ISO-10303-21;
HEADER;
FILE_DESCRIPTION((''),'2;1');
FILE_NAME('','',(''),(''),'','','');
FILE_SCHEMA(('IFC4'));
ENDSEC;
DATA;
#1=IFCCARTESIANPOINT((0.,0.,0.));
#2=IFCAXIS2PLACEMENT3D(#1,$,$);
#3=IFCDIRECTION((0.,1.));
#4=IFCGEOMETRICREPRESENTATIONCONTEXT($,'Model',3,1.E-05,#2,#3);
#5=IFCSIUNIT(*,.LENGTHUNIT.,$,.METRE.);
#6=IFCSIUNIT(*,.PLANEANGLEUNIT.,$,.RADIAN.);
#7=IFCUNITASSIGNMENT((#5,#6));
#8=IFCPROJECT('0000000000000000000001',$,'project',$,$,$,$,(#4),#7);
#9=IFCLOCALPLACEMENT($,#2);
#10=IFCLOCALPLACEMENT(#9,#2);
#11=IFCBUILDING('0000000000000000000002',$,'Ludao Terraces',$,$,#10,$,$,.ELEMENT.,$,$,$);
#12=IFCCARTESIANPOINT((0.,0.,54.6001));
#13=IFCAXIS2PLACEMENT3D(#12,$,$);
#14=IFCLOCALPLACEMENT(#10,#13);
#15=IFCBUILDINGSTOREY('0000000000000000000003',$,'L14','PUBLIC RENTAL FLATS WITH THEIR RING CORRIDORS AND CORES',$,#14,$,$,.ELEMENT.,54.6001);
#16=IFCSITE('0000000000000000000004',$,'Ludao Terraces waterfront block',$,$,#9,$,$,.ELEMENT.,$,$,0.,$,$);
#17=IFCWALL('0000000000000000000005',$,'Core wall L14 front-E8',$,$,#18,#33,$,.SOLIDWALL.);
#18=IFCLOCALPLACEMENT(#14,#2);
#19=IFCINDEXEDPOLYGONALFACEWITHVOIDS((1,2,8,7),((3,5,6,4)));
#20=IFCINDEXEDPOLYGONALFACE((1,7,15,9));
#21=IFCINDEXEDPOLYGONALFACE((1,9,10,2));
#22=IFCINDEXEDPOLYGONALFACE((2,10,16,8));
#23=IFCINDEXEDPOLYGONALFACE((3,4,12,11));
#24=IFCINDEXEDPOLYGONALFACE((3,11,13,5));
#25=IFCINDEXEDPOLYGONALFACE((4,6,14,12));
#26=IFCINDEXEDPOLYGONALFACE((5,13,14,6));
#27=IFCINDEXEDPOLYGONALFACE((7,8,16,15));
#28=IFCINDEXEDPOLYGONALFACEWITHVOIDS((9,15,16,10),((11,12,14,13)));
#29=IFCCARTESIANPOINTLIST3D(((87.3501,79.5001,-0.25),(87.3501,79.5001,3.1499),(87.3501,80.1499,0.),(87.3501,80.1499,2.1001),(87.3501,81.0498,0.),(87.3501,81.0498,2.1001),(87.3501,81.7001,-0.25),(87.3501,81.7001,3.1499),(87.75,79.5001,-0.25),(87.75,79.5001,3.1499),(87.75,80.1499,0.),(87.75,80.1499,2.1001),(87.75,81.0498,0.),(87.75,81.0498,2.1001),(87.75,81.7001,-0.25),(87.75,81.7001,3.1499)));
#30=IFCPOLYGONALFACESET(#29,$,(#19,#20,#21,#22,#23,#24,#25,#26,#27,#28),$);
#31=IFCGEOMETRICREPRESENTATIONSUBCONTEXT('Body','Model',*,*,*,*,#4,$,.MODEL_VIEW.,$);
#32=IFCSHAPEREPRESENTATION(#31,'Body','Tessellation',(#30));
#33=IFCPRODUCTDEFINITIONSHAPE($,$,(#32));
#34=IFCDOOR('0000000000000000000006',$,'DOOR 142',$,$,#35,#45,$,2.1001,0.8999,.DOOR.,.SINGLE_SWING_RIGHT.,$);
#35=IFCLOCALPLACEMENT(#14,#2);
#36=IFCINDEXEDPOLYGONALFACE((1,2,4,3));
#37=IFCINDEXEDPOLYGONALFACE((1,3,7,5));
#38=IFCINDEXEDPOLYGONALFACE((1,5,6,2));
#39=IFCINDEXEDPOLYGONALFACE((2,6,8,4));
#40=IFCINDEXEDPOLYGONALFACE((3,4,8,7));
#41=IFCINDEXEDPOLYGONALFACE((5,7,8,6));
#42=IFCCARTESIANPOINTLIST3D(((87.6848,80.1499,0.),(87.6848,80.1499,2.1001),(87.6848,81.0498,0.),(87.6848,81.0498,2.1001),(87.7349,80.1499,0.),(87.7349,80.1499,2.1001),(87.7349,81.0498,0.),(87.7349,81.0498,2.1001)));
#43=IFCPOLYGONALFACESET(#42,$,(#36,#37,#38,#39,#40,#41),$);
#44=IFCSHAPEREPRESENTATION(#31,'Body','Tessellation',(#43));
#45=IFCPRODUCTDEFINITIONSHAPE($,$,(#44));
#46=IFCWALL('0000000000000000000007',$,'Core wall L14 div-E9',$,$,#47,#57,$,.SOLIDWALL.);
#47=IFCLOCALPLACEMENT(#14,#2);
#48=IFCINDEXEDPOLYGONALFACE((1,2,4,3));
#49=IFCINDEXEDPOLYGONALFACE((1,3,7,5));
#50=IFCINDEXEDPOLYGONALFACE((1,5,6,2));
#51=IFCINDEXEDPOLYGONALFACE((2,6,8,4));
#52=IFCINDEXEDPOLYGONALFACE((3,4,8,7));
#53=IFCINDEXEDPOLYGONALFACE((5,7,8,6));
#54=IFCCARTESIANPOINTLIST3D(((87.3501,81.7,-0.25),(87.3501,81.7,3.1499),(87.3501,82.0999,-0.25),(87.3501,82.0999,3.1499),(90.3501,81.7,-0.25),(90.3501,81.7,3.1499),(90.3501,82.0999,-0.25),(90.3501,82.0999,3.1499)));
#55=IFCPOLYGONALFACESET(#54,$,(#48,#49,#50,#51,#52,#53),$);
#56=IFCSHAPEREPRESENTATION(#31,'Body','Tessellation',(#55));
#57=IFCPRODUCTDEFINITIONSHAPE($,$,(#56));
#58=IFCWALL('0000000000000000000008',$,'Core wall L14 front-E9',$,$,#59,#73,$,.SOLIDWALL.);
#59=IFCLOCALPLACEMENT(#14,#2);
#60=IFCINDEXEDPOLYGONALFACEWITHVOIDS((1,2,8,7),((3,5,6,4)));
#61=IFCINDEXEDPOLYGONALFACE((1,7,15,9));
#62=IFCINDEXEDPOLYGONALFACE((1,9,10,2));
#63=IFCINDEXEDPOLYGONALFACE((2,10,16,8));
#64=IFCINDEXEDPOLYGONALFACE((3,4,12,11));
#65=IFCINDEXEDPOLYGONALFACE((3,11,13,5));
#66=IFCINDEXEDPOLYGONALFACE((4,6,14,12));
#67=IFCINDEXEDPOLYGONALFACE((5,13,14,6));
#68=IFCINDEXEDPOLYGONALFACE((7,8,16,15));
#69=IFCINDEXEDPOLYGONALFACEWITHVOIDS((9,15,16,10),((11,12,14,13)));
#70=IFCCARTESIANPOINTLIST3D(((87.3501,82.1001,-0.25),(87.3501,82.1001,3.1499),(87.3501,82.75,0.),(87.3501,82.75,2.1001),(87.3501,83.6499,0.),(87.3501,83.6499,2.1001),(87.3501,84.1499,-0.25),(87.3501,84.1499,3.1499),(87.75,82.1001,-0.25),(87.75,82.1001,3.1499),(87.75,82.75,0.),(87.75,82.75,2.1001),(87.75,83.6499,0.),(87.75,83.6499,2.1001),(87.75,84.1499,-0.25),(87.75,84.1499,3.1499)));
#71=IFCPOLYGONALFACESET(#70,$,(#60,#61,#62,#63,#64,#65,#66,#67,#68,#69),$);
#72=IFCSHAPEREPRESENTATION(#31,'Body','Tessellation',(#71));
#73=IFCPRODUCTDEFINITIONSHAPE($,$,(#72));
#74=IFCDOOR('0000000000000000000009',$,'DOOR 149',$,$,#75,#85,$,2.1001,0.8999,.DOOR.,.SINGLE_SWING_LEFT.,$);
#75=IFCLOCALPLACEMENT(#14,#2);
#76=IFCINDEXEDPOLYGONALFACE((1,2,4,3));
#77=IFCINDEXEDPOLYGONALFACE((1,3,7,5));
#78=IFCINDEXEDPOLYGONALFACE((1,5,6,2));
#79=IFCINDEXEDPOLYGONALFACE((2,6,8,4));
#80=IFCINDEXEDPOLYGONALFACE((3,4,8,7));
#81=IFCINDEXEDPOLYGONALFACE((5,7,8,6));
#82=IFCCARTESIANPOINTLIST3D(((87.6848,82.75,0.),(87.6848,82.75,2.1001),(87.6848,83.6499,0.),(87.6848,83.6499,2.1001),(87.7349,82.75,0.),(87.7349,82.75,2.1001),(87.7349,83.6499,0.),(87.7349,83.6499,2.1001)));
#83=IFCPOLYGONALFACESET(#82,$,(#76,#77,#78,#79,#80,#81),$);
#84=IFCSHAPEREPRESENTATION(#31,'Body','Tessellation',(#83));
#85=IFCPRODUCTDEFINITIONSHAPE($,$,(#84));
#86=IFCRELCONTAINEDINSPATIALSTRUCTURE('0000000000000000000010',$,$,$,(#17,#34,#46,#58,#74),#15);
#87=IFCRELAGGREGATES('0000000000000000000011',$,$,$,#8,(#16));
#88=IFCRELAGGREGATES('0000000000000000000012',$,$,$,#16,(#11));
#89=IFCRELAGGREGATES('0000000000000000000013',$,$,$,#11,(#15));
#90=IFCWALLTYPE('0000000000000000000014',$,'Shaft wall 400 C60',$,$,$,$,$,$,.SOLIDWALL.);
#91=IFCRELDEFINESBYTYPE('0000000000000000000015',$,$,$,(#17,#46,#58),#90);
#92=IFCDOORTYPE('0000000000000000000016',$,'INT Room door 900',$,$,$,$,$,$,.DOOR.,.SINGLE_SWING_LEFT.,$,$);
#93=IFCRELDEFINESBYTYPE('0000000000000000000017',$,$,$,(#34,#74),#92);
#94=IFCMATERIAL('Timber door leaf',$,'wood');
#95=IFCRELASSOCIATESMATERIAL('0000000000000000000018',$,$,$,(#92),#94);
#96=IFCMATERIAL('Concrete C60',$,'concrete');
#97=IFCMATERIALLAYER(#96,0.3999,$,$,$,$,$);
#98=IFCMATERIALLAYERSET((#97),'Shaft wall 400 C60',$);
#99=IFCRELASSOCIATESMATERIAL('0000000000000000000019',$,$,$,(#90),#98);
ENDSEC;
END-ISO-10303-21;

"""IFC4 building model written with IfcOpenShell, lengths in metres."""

from ifc_helpers import new_model, si_unit, direction, frame, frame_2d, origin, place, context, subcontext, project, spatial, rectangle, extrude, material, layer, layer_set, type_object, element, fill, save


model = new_model("IFC4")

# Units and contexts
model_context = context("Model", 3, precision=1e-05, world=origin(), true_north=direction((0.0, 1.0)))
body_context = subcontext(model_context, "Body", "Model", "MODEL_VIEW")
ifc_project = project(units=[si_unit("LENGTHUNIT", "METRE"), si_unit("PLANEANGLEUNIT", "RADIAN")], contexts=[model_context])

# Site, building, storey
site_placement = place(None, origin())
site = spatial("IfcSite", under=ifc_project, at=site_placement, Name="Ludao Terraces waterfront block", CompositionType="ELEMENT", RefElevation=0.0)
building_placement = place(site_placement, origin())
building = spatial("IfcBuilding", under=site, at=building_placement, Name="Ludao Terraces", CompositionType="ELEMENT")
storey_placement = place(building_placement, frame((0.0, 0.0, 54.6001)))
storey = spatial("IfcBuildingStorey", under=building, at=storey_placement, Name="L14", Description="PUBLIC RENTAL FLATS WITH THEIR RING CORRIDORS AND CORES", CompositionType="ELEMENT", Elevation=54.6001)

# Shared definitions
ifc_material_1 = material(Name="Timber door leaf", Category="wood")
door_type_1 = type_object("IfcDoorType", Name="INT Room door 900", OperationType="SINGLE_SWING_LEFT", PredefinedType="DOOR", material=ifc_material_1)
ifc_material_2 = material(Name="Concrete C60", Category="concrete")
ifc_layer_1 = layer(ifc_material_2, 0.3999)
ifc_layer_set_1 = layer_set([ifc_layer_1], Name="Shaft wall 400 C60")
wall_type_1 = type_object("IfcWallType", Name="Shaft wall 400 C60", PredefinedType="SOLIDWALL", material=ifc_layer_set_1)

# Wall, opening, door
wall_1_placement = place(storey_placement, frame((87.55, 79.5, -0.25), z_axis=(0.0, 0.0, 1.0), x_axis=(0.0, 1.0, 0.0)))
wall_1 = element("IfcWall", 1, at=wall_1_placement, inside=storey, type_object=wall_type_1, Name="Core wall L14 front-E8", PredefinedType="SOLIDWALL", context=body_context, shape_type="SweptSolid", body=[
    extrude(rectangle(XDim=2.2, YDim=0.3999, at=frame_2d((1.1001, 0.0))), origin(), (0.0, 0.0, 1.0), 3.3999),
])
opening_1_placement = place(wall_1_placement, frame((0.6499, 0.0, 0.25)))
opening_1 = element("IfcOpeningElement", 2, at=opening_1_placement, cuts=wall_1, PredefinedType="OPENING", context=body_context, shape_type="SweptSolid", body=[
    extrude(rectangle(XDim=0.8999, YDim=2.1001, at=frame_2d((0.45, 1.05))), frame((0.0, 0.21, 0.0), z_axis=(0.0, -1.0, 0.0), x_axis=(1.0, 0.0, 0.0)), (0.0, 0.0, 1.0), 0.4199),
])
door_1_placement = place(opening_1_placement, origin())
door_1 = element("IfcDoor", 3, at=door_1_placement, inside=storey, type_object=door_type_1, Name="DOOR 142", OperationType="SINGLE_SWING_RIGHT", OverallHeight=2.1001, OverallWidth=0.8999, PredefinedType="DOOR", context=body_context, shape_type="SweptSolid", body=[
    extrude(rectangle(XDim=0.8999, YDim=2.1001, at=frame_2d((0.45, 1.05))), frame((0.0, -0.1348, 0.0), z_axis=(0.0, -1.0, 0.0), x_axis=(1.0, 0.0, 0.0)), (0.0, 0.0, 1.0), 0.05),
])
fill(opening_1, door_1)

# Wall
wall_2_placement = place(storey_placement, frame((87.3501, 81.8999, -0.25), z_axis=(0.0, 0.0, 1.0), x_axis=(1.0, 0.0, 0.0)))
element("IfcWall", 4, at=wall_2_placement, inside=storey, type_object=wall_type_1, Name="Core wall L14 div-E9", PredefinedType="SOLIDWALL", context=body_context, shape_type="SweptSolid", body=[
    extrude(rectangle(XDim=3.0, YDim=0.3999, at=frame_2d((1.5, 0.0))), origin(), (0.0, 0.0, 1.0), 3.3999),
])

# Wall, opening, door
wall_3_placement = place(storey_placement, frame((87.55, 82.1001, -0.25), z_axis=(0.0, 0.0, 1.0), x_axis=(0.0, 1.0, 0.0)))
wall_3 = element("IfcWall", 5, at=wall_3_placement, inside=storey, type_object=wall_type_1, Name="Core wall L14 front-E9", PredefinedType="SOLIDWALL", context=body_context, shape_type="SweptSolid", body=[
    extrude(rectangle(XDim=2.0498, YDim=0.3999, at=frame_2d((1.0249, 0.0))), origin(), (0.0, 0.0, 1.0), 3.3999),
])
opening_2_placement = place(wall_3_placement, frame((0.6499, 0.0, 0.25)))
opening_2 = element("IfcOpeningElement", 6, at=opening_2_placement, cuts=wall_3, PredefinedType="OPENING", context=body_context, shape_type="SweptSolid", body=[
    extrude(rectangle(XDim=0.8999, YDim=2.1001, at=frame_2d((0.45, 1.05))), frame((0.0, 0.21, 0.0), z_axis=(0.0, -1.0, 0.0), x_axis=(1.0, 0.0, 0.0)), (0.0, 0.0, 1.0), 0.4199),
])
door_2_placement = place(opening_2_placement, origin())
door_2 = element("IfcDoor", 7, at=door_2_placement, inside=storey, type_object=door_type_1, Name="DOOR 149", OperationType="SINGLE_SWING_LEFT", OverallHeight=2.1001, OverallWidth=0.8999, PredefinedType="DOOR", context=body_context, shape_type="SweptSolid", body=[
    extrude(rectangle(XDim=0.8999, YDim=2.1001, at=frame_2d((0.45, 1.05))), frame((0.0, -0.1348, 0.0), z_axis=(0.0, -1.0, 0.0), x_axis=(1.0, 0.0, 0.0)), (0.0, 0.0, 1.0), 0.05),
])
fill(opening_2, door_2)

save(model, "model.ifc")
